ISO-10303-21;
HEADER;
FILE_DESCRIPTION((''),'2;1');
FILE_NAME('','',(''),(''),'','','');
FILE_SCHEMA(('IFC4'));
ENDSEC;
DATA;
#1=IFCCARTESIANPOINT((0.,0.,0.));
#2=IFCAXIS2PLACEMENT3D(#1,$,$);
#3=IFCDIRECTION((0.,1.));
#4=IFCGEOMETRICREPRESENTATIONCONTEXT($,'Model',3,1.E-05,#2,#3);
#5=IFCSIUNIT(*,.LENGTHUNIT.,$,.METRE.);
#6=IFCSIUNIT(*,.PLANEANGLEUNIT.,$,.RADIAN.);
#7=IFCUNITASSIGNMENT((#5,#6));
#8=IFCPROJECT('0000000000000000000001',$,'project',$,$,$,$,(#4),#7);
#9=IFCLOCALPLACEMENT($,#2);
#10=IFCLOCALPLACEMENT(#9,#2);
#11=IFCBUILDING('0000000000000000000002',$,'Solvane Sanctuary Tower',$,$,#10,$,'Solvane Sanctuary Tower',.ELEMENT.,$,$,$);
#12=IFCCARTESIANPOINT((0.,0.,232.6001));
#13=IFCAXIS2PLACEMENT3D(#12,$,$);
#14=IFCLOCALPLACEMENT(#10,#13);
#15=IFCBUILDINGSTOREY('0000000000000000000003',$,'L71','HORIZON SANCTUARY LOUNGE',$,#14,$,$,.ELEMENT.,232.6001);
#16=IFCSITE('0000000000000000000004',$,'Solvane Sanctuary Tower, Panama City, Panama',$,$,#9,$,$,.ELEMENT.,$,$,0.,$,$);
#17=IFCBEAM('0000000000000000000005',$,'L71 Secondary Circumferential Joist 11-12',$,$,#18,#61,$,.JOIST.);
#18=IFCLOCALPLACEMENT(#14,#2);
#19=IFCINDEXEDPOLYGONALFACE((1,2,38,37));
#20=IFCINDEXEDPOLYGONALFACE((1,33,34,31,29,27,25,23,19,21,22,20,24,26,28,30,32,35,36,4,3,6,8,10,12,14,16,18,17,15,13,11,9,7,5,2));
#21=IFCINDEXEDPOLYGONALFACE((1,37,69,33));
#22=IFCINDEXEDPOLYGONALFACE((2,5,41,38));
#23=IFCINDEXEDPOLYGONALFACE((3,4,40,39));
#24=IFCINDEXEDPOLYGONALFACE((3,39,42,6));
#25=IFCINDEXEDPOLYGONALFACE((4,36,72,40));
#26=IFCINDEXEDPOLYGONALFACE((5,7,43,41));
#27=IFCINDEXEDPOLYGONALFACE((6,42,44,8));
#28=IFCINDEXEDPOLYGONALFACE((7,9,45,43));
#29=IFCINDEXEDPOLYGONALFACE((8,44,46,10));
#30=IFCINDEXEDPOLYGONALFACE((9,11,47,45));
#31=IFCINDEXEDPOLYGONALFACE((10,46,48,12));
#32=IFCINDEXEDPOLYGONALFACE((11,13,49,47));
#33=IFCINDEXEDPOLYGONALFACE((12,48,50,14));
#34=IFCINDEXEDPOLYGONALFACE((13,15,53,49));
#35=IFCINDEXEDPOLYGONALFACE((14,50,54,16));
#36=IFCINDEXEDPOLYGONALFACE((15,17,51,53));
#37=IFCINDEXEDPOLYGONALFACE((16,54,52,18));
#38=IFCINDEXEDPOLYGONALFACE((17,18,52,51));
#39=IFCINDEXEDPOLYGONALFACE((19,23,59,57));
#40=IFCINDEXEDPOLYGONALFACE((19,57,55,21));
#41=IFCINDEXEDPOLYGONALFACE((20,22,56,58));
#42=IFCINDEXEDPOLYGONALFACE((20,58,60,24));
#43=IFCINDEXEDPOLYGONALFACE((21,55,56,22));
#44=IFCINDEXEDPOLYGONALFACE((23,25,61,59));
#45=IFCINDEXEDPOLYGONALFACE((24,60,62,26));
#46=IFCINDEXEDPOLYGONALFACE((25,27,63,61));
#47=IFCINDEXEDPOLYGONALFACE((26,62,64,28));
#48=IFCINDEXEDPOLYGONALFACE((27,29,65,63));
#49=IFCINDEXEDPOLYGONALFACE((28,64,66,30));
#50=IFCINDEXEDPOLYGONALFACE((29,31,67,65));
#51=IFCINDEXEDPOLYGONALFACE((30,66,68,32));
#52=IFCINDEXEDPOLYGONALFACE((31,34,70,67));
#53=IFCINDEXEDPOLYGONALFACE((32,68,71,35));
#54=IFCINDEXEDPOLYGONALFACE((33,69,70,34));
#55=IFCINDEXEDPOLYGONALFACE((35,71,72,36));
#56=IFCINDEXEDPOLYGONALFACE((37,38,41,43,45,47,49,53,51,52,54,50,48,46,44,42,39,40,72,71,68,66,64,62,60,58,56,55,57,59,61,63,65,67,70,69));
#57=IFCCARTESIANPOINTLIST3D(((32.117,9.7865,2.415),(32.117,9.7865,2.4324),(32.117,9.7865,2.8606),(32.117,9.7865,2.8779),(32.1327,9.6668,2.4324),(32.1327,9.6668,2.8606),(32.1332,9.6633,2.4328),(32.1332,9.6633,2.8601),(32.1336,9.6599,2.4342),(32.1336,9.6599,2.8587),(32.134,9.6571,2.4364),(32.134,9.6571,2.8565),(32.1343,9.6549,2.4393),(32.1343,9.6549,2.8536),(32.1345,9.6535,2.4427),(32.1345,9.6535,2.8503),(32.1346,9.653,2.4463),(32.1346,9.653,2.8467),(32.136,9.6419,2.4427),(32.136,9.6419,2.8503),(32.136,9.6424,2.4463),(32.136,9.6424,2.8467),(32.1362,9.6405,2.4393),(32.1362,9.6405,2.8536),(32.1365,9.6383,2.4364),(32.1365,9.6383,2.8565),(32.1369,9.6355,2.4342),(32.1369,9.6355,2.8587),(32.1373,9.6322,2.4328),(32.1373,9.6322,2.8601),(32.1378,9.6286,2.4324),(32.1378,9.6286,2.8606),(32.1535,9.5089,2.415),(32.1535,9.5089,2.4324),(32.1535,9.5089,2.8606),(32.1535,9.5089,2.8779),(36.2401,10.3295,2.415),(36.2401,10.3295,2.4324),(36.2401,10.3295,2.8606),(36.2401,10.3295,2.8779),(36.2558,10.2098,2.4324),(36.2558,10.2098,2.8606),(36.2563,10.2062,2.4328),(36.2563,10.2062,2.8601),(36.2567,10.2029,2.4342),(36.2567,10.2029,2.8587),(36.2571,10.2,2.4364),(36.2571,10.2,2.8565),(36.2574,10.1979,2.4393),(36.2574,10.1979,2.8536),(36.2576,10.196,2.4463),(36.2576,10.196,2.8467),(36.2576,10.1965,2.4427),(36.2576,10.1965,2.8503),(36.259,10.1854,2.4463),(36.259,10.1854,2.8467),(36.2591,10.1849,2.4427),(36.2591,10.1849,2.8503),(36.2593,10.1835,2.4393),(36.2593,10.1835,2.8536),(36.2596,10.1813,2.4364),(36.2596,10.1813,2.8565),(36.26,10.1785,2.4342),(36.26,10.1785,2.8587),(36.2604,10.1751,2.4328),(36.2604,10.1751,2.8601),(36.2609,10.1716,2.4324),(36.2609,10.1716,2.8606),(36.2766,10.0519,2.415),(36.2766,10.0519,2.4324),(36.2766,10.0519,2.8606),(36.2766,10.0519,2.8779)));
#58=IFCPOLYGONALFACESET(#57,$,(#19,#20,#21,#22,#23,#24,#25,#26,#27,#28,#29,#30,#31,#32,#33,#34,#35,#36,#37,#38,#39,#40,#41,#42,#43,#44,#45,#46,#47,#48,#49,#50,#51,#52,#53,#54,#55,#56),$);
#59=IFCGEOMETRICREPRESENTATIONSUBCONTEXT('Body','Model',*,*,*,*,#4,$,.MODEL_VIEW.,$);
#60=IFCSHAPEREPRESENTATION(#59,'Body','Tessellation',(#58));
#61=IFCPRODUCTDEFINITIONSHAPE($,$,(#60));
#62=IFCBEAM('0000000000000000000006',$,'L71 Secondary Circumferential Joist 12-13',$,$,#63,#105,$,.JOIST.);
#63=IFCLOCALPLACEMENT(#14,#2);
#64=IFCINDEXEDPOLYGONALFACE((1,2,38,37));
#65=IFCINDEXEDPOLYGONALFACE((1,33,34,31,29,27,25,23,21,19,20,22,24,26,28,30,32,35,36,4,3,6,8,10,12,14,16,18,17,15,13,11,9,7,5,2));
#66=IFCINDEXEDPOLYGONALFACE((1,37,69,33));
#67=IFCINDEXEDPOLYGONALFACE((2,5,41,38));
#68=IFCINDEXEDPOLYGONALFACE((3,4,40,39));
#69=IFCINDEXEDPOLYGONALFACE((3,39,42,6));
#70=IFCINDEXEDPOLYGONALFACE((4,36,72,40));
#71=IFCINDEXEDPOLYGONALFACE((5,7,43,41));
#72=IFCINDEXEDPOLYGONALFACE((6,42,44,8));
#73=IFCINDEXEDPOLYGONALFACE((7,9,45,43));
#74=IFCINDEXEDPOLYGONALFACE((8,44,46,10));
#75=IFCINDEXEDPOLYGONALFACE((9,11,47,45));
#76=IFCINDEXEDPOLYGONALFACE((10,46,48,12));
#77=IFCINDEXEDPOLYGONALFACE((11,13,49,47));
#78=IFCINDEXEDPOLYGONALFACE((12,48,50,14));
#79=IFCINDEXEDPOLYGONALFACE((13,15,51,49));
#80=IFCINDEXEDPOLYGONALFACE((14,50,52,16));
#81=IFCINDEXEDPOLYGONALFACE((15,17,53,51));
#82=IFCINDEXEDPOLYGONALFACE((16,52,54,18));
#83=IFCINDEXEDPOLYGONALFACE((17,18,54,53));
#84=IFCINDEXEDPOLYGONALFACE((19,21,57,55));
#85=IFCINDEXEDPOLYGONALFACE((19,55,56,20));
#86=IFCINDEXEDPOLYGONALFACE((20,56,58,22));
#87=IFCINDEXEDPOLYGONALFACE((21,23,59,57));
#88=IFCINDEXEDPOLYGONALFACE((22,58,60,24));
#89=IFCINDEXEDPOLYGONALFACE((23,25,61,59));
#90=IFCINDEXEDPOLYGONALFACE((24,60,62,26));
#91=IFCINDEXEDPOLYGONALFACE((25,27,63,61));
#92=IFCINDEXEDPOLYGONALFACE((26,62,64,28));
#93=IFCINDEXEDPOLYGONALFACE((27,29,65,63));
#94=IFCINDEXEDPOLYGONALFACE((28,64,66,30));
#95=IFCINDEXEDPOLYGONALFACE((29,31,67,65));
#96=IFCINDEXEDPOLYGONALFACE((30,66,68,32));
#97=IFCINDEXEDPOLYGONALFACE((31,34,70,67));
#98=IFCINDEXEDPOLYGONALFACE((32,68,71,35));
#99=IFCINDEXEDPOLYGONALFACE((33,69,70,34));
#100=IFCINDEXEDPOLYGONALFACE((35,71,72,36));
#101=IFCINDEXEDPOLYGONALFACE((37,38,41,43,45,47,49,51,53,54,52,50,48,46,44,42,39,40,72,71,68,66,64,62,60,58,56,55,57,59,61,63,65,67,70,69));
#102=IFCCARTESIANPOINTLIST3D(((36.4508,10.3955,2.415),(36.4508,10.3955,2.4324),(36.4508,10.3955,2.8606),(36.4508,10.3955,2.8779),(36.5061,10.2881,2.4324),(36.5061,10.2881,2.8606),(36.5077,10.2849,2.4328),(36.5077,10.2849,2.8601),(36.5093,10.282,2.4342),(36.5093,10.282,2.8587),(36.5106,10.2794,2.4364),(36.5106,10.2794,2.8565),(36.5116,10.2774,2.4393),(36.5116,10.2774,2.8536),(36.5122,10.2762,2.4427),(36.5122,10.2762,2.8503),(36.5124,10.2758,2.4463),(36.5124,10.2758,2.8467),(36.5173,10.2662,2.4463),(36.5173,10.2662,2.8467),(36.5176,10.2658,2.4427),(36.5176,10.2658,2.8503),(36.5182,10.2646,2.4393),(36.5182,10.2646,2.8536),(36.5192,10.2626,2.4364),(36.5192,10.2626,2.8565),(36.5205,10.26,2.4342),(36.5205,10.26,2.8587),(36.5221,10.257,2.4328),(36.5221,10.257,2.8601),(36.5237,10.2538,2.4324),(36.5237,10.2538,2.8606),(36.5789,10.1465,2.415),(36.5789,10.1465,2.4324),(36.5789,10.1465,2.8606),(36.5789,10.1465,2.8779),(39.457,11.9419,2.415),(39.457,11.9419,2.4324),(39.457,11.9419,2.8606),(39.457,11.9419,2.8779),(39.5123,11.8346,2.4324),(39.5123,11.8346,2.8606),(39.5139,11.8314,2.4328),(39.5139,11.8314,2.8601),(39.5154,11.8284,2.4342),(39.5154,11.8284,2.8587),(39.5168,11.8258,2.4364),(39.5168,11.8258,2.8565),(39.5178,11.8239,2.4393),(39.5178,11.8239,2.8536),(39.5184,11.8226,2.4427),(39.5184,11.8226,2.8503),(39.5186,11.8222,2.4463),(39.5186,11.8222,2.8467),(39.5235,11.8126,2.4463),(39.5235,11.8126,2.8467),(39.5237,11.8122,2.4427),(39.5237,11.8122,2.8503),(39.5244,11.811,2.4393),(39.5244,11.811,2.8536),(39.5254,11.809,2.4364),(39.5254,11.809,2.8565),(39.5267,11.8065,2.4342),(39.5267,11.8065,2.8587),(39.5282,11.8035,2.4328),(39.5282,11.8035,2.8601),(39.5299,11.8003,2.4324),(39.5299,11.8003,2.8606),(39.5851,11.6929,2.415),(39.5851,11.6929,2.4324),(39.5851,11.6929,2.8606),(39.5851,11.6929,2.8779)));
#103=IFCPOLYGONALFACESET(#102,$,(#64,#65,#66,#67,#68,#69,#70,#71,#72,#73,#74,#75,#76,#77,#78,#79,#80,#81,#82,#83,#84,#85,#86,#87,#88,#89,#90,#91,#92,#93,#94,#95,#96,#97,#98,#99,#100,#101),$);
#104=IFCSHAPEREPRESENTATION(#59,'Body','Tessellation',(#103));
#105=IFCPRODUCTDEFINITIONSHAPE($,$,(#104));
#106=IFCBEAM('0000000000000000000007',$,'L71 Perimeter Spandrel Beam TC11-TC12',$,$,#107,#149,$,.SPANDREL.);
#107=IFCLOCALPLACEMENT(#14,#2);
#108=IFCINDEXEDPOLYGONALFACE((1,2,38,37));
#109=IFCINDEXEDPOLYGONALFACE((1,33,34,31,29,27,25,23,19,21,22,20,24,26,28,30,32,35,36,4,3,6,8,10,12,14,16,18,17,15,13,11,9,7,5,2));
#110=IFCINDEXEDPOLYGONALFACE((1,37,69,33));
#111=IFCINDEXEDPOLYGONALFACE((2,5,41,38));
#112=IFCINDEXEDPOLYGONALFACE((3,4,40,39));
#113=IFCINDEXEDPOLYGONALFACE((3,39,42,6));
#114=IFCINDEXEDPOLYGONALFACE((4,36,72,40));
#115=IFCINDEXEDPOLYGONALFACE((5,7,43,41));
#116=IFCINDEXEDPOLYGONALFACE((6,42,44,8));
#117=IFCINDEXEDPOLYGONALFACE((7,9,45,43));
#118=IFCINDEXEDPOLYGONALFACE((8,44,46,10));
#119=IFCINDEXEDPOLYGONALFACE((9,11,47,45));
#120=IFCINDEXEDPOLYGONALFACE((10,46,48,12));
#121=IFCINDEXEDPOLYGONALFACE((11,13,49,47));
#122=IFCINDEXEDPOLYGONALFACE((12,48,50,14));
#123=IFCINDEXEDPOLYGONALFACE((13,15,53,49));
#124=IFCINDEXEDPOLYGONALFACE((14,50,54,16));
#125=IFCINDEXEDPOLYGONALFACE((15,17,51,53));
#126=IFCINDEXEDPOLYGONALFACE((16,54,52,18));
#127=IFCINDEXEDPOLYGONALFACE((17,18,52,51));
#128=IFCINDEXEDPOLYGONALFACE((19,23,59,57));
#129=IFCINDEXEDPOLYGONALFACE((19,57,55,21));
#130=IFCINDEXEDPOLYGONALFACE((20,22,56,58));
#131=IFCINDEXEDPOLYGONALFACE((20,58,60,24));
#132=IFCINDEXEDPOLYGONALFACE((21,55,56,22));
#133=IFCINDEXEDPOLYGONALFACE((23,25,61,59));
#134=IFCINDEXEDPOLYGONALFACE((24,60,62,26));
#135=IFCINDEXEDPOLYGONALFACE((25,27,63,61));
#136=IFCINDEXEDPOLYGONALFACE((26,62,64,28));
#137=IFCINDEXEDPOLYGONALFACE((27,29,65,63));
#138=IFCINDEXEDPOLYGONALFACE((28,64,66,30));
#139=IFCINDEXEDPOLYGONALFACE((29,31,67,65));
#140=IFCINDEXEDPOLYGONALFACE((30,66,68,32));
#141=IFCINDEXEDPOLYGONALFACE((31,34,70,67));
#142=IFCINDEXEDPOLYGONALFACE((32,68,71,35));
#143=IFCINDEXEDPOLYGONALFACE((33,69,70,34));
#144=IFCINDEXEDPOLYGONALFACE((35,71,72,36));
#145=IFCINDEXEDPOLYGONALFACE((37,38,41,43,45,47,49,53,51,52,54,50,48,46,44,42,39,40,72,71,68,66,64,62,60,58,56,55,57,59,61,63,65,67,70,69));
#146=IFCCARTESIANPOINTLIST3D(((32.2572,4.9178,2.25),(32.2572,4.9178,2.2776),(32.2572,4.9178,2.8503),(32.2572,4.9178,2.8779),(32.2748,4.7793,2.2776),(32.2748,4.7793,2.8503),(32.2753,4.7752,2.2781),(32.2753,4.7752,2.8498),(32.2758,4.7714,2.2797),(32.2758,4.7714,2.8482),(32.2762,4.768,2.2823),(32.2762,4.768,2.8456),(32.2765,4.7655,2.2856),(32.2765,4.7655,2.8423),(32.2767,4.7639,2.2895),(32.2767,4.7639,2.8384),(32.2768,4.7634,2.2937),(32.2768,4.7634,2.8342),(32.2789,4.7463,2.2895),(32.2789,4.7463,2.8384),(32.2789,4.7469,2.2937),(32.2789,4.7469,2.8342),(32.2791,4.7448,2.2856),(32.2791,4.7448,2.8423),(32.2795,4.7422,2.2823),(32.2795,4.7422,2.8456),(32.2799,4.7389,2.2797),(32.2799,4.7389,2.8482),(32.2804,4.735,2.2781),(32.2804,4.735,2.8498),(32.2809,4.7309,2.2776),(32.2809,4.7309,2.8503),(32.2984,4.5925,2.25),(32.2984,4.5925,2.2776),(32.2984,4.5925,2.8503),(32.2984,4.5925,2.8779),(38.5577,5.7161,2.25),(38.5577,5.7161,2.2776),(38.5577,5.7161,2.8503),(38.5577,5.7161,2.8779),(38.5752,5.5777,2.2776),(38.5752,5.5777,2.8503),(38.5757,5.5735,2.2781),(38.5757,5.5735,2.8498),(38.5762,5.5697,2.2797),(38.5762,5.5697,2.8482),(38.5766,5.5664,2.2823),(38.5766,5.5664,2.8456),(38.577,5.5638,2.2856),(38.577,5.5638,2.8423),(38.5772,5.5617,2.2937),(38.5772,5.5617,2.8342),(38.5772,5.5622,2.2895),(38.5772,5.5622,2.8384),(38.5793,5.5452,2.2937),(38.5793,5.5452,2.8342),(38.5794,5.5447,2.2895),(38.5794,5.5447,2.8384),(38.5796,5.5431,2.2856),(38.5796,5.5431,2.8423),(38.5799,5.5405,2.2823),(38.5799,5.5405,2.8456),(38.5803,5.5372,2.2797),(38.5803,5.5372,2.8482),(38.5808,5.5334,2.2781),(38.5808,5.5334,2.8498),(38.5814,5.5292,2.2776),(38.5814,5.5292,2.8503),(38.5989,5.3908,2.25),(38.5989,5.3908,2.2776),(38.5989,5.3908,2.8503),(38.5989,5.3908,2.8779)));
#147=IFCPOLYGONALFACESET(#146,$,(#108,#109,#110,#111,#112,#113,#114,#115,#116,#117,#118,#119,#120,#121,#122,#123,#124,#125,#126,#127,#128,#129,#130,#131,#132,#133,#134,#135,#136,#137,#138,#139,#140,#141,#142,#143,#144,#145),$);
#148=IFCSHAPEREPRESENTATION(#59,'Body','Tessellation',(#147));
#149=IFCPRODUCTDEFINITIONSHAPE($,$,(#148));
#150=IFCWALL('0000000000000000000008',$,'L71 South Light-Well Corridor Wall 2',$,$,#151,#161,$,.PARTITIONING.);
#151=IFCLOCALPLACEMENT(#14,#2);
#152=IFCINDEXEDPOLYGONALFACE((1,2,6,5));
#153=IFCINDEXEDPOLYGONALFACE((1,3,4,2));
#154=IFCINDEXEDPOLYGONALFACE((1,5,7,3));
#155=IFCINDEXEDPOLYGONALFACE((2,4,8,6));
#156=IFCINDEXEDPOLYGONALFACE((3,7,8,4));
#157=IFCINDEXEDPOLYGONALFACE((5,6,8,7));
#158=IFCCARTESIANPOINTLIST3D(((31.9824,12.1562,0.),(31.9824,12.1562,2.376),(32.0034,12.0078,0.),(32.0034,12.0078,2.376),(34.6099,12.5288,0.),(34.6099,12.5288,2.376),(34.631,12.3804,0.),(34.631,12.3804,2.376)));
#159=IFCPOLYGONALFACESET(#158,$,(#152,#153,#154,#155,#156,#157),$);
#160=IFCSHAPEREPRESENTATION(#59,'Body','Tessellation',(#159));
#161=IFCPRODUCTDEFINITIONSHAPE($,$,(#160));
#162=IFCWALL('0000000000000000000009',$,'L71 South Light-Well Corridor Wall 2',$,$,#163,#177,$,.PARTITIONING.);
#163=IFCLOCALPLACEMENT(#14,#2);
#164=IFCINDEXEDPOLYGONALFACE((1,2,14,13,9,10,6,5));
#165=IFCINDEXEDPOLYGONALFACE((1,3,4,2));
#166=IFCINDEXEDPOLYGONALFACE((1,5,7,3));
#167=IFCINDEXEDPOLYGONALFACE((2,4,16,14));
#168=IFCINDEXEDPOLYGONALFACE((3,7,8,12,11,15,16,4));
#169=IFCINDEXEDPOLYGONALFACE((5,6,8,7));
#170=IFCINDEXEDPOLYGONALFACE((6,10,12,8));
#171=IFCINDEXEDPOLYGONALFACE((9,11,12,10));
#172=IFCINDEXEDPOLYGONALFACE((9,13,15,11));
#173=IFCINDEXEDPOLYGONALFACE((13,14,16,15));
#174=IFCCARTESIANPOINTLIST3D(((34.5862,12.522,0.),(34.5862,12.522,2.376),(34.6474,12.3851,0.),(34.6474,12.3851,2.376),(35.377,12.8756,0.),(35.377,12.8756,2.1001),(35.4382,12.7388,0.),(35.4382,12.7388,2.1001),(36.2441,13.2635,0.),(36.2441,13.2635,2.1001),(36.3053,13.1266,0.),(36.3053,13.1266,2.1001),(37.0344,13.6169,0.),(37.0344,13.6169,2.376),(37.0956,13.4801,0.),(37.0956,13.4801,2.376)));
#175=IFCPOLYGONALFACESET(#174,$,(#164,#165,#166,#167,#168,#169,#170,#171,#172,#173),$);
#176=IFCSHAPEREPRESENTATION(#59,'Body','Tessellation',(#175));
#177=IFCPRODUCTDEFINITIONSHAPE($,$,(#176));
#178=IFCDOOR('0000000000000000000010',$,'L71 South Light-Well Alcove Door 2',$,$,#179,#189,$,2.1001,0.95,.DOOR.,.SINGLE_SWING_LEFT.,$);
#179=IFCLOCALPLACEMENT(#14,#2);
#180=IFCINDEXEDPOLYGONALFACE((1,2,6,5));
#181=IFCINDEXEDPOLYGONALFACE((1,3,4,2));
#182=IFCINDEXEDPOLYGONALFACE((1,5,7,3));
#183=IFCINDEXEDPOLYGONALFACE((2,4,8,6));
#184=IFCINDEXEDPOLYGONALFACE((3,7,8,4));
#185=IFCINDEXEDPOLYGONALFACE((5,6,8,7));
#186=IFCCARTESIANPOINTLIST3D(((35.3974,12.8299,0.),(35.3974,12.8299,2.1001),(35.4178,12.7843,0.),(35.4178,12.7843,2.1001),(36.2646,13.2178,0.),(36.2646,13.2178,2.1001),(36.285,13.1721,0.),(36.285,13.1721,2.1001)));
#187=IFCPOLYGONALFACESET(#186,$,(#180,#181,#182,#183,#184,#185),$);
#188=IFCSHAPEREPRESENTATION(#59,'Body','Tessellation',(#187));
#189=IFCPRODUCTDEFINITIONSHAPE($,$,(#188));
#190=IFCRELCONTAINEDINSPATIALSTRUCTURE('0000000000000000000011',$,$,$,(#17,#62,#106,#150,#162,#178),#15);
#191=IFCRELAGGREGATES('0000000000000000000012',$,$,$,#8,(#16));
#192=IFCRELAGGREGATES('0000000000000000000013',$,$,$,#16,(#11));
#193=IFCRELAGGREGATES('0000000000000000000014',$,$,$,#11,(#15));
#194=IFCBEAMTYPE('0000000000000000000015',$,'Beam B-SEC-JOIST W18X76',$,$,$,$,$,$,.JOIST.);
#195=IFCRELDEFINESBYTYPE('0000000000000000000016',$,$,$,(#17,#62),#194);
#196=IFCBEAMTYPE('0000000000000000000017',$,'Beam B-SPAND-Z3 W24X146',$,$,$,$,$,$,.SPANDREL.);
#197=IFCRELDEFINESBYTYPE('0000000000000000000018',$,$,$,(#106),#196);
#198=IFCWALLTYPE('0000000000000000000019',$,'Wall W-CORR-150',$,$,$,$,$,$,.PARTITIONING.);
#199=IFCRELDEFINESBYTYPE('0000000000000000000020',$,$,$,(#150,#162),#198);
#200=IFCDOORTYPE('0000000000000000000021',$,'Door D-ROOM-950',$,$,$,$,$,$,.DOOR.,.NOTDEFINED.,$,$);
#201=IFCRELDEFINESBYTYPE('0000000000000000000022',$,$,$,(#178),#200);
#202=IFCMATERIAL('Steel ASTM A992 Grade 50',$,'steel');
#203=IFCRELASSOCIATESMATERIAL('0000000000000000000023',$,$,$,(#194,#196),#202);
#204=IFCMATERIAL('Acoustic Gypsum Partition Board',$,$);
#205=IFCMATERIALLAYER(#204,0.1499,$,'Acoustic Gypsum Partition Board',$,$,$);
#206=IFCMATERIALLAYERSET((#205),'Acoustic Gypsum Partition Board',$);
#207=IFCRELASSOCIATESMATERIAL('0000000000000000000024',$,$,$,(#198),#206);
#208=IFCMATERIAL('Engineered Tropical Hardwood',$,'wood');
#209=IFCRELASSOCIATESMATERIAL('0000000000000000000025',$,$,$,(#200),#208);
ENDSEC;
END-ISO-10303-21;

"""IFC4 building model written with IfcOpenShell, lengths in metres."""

from ifc_helpers import new_model, si_unit, direction, frame, frame_2d, origin, origin_2d, place, context, subcontext, project, spatial, rectangle, i_section, extrude, material, layer, layer_set, material_profile, profile_set, type_object, element, fill, save


model = new_model("IFC4")

# Units and contexts
model_context = context("Model", 3, precision=1e-05, world=origin(), true_north=direction((0.0, 1.0)))
body_context = subcontext(model_context, "Body", "Model", "MODEL_VIEW")
ifc_project = project(units=[si_unit("LENGTHUNIT", "METRE"), si_unit("PLANEANGLEUNIT", "RADIAN")], contexts=[model_context])

# Site, building, storey
site_placement = place(None, origin())
site = spatial("IfcSite", under=ifc_project, at=site_placement, Name="Solvane Sanctuary Tower, Panama City, Panama", CompositionType="ELEMENT", RefElevation=0.0)
building_placement = place(site_placement, origin())
building = spatial("IfcBuilding", under=site, at=building_placement, Name="Solvane Sanctuary Tower", LongName="Solvane Sanctuary Tower", CompositionType="ELEMENT")
storey_placement = place(building_placement, frame((0.0, 0.0, 232.6001)))
storey = spatial("IfcBuildingStorey", under=building, at=storey_placement, Name="L71", Description="HORIZON SANCTUARY LOUNGE", CompositionType="ELEMENT", Elevation=232.6001)

# Beams
ifc_material_1 = material(Name="Steel ASTM A992 Grade 50", Category="steel")
ifc_material_profile_1 = material_profile(ifc_material_1, i_section(OverallWidth=0.28, OverallDepth=0.4629, WebThickness=0.0107, FlangeThickness=0.0173, FilletRadius=0.0139, at=origin_2d()), Name="W18X76")
ifc_profile_set_1 = profile_set([ifc_material_profile_1], Name="Steel ASTM A992 Grade 50")
beam_type_1 = type_object("IfcBeamType", Name="Beam B-SEC-JOIST W18X76", PredefinedType="JOIST", material=ifc_profile_set_1)
beam_1_placement = place(storey_placement, frame((32.1353, 9.6477, 2.6465), z_axis=(0.99144, 0.130564, 0.0), x_axis=(-0.130564, 0.99144, 0.0)))
element("IfcBeam", 1, at=beam_1_placement, inside=storey, type_object=beam_type_1, Name="L71 Secondary Circumferential Joist 11-12", PredefinedType="JOIST", context=body_context, shape_type="SweptSolid", body=[
    extrude(i_section(OverallWidth=0.28, OverallDepth=0.4629, WebThickness=0.0107, FlangeThickness=0.0173, FilletRadius=0.0139, at=origin_2d()), origin(), (0.0, 0.0, 1.0), 4.1587),
])
beam_2_placement = place(storey_placement, frame((36.5149, 10.271, 2.6465), z_axis=(0.889241, 0.457439, 0.0), x_axis=(-0.457439, 0.889241, 0.0)))
element("IfcBeam", 2, at=beam_2_placement, inside=storey, type_object=beam_type_1, Name="L71 Secondary Circumferential Joist 12-13", PredefinedType="JOIST", context=body_context, shape_type="SweptSolid", body=[
    extrude(i_section(OverallWidth=0.28, OverallDepth=0.4629, WebThickness=0.0107, FlangeThickness=0.0173, FilletRadius=0.0139, at=origin_2d()), origin(), (0.0, 0.0, 1.0), 3.3806),
])
ifc_material_profile_2 = material_profile(ifc_material_1, i_section(OverallWidth=0.3279, OverallDepth=0.6279, WebThickness=0.0166, FlangeThickness=0.0276, FilletRadius=0.0161, at=origin_2d()), Name="W24X146")
ifc_profile_set_2 = profile_set([ifc_material_profile_2], Name="Steel ASTM A992 Grade 50")
beam_type_2 = type_object("IfcBeamType", Name="Beam B-SPAND-Z3 W24X146", PredefinedType="SPANDREL", material=ifc_profile_set_2)
beam_3_placement = place(storey_placement, frame((32.2778, 4.7551, 2.564), z_axis=(0.992068, 0.125705, 0.0), x_axis=(-0.125705, 0.992068, 0.0)))
element("IfcBeam", 3, at=beam_3_placement, inside=storey, type_object=beam_type_2, Name="L71 Perimeter Spandrel Beam TC11-TC12", PredefinedType="SPANDREL", context=body_context, shape_type="SweptSolid", body=[
    extrude(i_section(OverallWidth=0.3279, OverallDepth=0.6279, WebThickness=0.0166, FlangeThickness=0.0276, FilletRadius=0.0161, at=origin_2d()), origin(), (0.0, 0.0, 1.0), 6.3508),
])

# Wall
ifc_material_2 = material(Name="Acoustic Gypsum Partition Board")
ifc_layer_1 = layer(ifc_material_2, 0.1499, Name="Acoustic Gypsum Partition Board")
ifc_layer_set_1 = layer_set([ifc_layer_1], Name="Acoustic Gypsum Partition Board")
wall_type_1 = type_object("IfcWallType", Name="Wall W-CORR-150", PredefinedType="PARTITIONING", material=ifc_layer_set_1)
wall_1_placement = place(storey_placement, frame((31.9929, 12.082, 0.0), z_axis=(0.0, 0.0, 1.0), x_axis=(0.990096, 0.140391, 0.0)))
element("IfcWall", 4, at=wall_1_placement, inside=storey, type_object=wall_type_1, Name="L71 South Light-Well Corridor Wall 2", PredefinedType="PARTITIONING", context=body_context, shape_type="SweptSolid", body=[
    extrude(rectangle(XDim=2.6538, YDim=0.1499, at=frame_2d((1.3269, 0.0))), origin(), (0.0, 0.0, 1.0), 2.376),
])

# Wall, opening, door
wall_2_placement = place(storey_placement, frame((34.6169, 12.4536, 0.0), z_axis=(0.0, 0.0, 1.0), x_axis=(0.912859, 0.408274, 0.0)))
wall_2 = element("IfcWall", 5, at=wall_2_placement, inside=storey, type_object=wall_type_1, Name="L71 South Light-Well Corridor Wall 2", PredefinedType="PARTITIONING", context=body_context, shape_type="SweptSolid", body=[
    extrude(rectangle(XDim=2.6819, YDim=0.1499, at=frame_2d((1.3408, 0.0))), origin(), (0.0, 0.0, 1.0), 2.376),
])
opening_1_placement = place(wall_2_placement, frame((0.866, 0.0, 0.0)))
opening_1 = element("IfcOpeningElement", 6, at=opening_1_placement, cuts=wall_2, PredefinedType="OPENING", context=body_context, shape_type="SweptSolid", body=[
    extrude(rectangle(XDim=0.95, YDim=2.1001, at=frame_2d((0.4751, 1.05))), frame((0.0, 0.085, 0.0), z_axis=(0.0, -1.0, 0.0), x_axis=(1.0, 0.0, 0.0)), (0.0, 0.0, 1.0), 0.1699),
])
ifc_material_3 = material(Name="Engineered Tropical Hardwood", Category="wood")
door_type_1 = type_object("IfcDoorType", Name="Door D-ROOM-950", OperationType="NOTDEFINED", PredefinedType="DOOR", material=ifc_material_3)
door_1_placement = place(opening_1_placement, origin())
door_1 = element("IfcDoor", 7, at=door_1_placement, inside=storey, type_object=door_type_1, Name="L71 South Light-Well Alcove Door 2", OperationType="SINGLE_SWING_LEFT", OverallHeight=2.1001, OverallWidth=0.95, PredefinedType="DOOR", context=body_context, shape_type="SweptSolid", body=[
    extrude(rectangle(XDim=0.95, YDim=2.1001, at=frame_2d((0.4751, 1.05))), frame((0.0, 0.0249, 0.0), z_axis=(0.0, -1.0, 0.0), x_axis=(1.0, 0.0, 0.0)), (0.0, 0.0, 1.0), 0.05),
])
fill(opening_1, door_1)

save(model, "model.ifc")
